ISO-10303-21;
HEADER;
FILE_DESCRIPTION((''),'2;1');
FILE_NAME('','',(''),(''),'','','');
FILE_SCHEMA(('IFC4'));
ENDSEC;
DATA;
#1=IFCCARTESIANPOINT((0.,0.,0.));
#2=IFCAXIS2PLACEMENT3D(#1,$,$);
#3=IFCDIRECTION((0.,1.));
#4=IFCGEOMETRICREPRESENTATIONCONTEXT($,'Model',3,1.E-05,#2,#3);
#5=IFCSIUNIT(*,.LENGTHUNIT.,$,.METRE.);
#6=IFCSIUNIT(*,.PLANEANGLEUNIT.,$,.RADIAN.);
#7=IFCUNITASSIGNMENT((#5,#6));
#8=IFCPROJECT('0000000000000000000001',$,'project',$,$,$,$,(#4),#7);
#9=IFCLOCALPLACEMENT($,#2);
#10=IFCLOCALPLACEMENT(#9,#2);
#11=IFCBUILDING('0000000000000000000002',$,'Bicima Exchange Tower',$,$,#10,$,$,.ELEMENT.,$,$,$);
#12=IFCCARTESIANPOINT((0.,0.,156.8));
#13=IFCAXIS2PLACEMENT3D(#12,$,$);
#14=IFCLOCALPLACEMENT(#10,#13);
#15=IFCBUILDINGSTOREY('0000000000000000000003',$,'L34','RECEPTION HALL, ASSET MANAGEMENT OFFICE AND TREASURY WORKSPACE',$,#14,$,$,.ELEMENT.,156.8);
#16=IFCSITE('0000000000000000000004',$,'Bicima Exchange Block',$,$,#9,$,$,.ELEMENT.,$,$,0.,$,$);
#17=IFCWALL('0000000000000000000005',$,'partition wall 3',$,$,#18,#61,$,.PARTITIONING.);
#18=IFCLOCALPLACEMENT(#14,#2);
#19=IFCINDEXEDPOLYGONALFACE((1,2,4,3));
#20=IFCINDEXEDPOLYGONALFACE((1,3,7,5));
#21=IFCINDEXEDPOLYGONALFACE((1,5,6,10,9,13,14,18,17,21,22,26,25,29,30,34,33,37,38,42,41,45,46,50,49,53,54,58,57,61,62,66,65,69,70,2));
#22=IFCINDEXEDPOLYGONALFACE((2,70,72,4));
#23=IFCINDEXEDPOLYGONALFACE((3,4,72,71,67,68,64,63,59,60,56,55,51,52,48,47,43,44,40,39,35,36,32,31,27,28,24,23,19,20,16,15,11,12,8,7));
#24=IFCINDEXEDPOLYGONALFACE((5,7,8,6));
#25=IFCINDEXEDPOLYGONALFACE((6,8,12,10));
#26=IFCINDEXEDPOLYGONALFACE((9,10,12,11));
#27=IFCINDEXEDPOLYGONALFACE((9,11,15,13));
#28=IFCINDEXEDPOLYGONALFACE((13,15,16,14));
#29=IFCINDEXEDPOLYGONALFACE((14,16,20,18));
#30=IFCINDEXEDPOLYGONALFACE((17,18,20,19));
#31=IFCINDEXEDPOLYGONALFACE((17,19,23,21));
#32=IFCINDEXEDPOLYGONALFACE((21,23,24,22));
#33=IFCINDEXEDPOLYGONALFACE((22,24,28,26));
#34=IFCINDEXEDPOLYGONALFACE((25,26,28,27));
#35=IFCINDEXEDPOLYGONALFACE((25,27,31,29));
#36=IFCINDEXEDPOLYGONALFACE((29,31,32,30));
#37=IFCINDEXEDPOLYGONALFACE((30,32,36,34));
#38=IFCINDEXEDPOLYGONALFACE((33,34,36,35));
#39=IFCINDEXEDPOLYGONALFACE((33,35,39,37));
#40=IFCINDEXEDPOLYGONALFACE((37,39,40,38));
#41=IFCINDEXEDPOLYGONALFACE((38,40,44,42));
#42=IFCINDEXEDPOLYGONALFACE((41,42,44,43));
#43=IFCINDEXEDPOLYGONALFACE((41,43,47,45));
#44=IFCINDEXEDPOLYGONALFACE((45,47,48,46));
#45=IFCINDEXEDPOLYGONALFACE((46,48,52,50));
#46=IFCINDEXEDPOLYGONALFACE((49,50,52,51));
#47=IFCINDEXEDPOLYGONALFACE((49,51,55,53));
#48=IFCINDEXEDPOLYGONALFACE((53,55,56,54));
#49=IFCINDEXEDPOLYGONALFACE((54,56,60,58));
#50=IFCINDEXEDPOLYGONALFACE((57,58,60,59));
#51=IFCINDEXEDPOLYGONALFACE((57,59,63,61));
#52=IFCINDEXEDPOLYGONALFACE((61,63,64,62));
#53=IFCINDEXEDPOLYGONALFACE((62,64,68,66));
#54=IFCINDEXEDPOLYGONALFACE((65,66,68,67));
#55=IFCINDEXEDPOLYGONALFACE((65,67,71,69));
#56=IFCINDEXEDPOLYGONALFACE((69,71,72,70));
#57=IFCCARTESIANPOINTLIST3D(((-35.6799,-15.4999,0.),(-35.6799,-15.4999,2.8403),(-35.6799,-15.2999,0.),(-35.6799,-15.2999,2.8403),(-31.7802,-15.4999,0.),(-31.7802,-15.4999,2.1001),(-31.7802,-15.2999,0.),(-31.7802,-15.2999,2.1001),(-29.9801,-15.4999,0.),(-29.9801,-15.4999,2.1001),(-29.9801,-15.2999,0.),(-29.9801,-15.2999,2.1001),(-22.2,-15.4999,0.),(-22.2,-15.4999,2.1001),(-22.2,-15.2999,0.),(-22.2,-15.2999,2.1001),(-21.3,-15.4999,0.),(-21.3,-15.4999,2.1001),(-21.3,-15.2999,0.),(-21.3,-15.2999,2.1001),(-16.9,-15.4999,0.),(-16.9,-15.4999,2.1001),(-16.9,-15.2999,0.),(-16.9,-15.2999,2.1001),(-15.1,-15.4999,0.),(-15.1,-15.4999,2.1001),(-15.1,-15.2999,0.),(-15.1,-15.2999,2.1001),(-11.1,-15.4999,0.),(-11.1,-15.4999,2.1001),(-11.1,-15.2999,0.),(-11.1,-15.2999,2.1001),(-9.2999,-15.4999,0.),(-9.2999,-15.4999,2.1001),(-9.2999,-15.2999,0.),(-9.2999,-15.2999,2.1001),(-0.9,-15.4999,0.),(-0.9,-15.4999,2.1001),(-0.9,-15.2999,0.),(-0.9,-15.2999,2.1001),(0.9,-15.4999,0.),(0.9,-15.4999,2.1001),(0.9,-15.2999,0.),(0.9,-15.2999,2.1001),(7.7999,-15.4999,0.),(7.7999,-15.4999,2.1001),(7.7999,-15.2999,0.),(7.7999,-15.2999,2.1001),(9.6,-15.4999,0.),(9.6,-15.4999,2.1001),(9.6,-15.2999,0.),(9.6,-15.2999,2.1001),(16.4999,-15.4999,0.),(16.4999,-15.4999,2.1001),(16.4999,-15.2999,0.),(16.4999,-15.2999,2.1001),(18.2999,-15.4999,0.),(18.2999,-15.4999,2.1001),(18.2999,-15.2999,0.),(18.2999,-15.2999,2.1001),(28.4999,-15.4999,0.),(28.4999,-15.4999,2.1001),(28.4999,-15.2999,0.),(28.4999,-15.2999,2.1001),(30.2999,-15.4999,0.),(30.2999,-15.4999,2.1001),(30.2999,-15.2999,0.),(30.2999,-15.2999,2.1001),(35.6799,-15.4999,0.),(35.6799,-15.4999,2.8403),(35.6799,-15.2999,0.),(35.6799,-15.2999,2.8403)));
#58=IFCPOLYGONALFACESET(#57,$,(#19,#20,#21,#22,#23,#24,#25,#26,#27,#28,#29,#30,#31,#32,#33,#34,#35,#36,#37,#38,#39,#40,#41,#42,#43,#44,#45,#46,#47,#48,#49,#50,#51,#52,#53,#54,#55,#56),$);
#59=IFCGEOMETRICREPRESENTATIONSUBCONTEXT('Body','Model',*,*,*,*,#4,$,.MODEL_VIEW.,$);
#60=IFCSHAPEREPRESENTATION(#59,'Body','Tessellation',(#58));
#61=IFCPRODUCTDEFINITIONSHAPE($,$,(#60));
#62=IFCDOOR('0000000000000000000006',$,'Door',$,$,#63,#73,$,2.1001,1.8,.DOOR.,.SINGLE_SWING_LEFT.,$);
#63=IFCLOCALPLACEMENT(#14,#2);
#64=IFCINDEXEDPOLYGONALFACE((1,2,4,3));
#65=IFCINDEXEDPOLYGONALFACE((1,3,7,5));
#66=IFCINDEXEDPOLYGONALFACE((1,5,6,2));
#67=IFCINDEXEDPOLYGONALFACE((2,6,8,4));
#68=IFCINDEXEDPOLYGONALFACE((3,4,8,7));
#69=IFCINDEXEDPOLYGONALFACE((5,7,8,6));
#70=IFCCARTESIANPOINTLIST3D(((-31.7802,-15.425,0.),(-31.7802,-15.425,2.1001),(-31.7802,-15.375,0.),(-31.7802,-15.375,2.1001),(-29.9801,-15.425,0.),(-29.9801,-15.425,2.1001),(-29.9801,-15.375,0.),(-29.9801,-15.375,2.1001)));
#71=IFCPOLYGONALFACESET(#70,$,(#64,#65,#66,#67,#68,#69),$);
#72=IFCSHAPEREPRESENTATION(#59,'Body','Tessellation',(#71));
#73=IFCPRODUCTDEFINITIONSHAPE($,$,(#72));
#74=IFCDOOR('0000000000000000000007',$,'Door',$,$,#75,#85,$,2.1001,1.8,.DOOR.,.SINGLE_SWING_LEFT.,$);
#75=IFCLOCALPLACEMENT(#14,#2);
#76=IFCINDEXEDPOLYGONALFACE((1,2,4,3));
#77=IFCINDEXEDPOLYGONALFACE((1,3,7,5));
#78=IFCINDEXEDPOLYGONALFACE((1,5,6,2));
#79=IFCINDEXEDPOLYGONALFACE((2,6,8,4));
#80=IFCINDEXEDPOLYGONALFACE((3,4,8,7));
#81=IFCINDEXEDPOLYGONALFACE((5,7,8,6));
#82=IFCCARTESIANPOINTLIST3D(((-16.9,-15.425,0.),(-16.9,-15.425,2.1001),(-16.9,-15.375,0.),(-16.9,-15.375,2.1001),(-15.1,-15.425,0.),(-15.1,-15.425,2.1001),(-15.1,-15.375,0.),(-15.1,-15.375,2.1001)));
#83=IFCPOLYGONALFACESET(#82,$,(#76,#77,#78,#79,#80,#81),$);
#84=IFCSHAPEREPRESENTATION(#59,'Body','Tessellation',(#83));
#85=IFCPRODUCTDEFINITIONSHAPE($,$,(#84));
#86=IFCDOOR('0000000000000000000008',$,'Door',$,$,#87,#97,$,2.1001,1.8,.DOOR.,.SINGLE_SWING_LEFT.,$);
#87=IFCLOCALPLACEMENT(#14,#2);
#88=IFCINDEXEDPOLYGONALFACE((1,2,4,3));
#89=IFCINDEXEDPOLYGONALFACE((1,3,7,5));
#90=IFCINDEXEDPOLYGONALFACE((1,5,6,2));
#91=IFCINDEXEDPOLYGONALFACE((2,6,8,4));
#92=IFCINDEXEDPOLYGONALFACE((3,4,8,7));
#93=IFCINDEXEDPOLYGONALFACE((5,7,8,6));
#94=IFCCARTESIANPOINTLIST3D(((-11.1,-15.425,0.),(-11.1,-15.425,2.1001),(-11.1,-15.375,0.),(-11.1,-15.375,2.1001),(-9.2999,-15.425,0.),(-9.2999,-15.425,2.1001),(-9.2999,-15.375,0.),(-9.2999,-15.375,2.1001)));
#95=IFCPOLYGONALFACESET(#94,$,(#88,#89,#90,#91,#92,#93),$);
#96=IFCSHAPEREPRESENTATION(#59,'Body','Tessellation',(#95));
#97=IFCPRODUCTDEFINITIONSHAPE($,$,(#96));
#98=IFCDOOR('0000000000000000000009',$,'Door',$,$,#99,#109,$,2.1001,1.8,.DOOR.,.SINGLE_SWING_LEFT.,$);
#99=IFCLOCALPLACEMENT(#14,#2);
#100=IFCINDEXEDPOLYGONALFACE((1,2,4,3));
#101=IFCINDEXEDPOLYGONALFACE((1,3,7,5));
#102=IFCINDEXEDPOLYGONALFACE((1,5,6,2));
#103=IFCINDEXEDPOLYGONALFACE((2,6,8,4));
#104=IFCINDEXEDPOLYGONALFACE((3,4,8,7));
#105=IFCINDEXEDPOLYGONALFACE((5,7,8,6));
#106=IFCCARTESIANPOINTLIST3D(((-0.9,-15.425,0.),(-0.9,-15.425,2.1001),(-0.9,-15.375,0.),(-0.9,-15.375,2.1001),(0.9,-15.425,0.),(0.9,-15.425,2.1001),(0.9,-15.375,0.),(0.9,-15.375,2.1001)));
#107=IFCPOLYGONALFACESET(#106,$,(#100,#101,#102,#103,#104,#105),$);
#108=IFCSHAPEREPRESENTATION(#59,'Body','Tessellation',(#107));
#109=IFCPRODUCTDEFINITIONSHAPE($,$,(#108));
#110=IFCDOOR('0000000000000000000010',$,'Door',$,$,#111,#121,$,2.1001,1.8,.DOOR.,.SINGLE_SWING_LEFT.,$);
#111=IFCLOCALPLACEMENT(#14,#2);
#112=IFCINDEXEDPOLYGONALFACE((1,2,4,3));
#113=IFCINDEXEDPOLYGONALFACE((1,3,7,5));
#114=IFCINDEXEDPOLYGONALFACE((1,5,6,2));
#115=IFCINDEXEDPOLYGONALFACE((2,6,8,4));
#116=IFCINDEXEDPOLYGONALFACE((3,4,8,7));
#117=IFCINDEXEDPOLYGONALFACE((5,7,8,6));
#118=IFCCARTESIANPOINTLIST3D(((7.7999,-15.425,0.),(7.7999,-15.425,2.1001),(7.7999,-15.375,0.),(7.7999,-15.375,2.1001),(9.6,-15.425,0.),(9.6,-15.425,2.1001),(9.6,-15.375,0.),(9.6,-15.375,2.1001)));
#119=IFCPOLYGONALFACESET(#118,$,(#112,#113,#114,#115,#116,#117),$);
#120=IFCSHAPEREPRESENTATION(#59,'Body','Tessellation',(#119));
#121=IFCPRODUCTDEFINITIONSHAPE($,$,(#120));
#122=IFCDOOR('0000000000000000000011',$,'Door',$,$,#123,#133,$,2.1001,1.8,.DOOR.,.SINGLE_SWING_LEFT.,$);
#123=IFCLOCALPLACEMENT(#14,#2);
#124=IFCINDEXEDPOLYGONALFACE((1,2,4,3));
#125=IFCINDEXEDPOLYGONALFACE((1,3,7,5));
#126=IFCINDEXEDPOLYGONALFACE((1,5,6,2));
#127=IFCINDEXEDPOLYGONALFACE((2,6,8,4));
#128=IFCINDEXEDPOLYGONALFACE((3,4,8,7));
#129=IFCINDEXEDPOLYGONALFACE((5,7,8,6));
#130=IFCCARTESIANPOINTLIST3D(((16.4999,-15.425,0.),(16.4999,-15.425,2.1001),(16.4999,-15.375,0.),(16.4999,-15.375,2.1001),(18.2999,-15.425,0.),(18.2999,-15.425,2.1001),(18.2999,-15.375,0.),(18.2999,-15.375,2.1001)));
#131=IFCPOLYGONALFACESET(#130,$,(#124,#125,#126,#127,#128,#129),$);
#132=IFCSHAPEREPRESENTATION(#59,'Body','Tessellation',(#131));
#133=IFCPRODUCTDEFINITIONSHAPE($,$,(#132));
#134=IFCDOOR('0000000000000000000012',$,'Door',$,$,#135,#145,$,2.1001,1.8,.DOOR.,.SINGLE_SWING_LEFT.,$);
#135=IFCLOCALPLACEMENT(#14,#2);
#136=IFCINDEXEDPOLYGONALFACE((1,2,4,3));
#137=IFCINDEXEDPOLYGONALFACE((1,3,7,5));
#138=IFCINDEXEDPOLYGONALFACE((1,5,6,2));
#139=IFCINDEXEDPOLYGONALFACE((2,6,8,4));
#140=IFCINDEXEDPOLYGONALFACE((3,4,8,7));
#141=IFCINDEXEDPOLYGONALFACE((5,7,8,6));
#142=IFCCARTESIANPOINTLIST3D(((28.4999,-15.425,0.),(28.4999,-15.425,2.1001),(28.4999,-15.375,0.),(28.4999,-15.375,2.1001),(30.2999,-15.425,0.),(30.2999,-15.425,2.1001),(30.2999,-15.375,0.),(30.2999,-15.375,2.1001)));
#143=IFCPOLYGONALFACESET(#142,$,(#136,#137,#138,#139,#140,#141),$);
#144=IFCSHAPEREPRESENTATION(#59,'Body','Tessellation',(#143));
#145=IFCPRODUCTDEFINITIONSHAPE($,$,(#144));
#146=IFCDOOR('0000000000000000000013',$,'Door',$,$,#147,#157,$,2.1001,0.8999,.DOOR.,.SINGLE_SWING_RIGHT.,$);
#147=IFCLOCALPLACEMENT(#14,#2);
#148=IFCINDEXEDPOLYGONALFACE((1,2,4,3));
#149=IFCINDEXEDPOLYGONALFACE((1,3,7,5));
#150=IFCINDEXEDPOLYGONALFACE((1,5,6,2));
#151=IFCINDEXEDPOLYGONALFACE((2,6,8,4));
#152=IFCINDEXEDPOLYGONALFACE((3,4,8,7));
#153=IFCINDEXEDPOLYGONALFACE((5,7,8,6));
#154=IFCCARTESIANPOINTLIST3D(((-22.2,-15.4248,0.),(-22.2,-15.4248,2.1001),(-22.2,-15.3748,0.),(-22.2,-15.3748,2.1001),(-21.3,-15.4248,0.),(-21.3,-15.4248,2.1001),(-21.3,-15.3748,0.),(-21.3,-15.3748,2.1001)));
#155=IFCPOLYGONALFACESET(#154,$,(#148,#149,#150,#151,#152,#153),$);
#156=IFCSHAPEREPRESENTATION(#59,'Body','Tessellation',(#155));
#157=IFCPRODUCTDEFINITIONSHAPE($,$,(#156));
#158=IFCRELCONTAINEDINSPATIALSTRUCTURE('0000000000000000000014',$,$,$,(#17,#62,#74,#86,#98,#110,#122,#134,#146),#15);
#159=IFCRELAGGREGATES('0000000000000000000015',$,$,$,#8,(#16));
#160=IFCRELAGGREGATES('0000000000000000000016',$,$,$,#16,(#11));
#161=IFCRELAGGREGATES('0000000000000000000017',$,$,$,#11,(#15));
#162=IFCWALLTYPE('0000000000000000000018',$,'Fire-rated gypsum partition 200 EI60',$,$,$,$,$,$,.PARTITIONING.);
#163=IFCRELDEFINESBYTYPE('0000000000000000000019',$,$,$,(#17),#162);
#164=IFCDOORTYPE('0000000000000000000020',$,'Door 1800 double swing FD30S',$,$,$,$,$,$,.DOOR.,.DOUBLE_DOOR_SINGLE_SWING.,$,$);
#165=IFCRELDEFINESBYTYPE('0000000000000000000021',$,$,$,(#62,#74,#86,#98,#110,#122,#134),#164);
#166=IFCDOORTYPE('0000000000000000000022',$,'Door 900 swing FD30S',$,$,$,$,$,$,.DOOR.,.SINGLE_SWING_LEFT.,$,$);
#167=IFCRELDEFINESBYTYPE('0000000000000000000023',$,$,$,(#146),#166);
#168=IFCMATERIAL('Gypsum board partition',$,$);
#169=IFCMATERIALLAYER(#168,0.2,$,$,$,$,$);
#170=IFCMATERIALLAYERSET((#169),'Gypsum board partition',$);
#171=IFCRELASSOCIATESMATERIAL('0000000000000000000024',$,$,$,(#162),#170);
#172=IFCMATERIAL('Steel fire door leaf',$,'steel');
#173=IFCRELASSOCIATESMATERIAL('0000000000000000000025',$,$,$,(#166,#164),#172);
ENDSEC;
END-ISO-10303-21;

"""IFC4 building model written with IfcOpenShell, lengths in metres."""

from ifc_helpers import new_model, si_unit, direction, frame, frame_2d, origin, place, context, subcontext, project, spatial, rectangle, extrude, material, layer, layer_set, type_object, element, fill, save


model = new_model("IFC4")

# Units and contexts
model_context = context("Model", 3, precision=1e-05, world=origin(), true_north=direction((0.0, 1.0)))
body_context = subcontext(model_context, "Body", "Model", "MODEL_VIEW")
ifc_project = project(units=[si_unit("LENGTHUNIT", "METRE"), si_unit("PLANEANGLEUNIT", "RADIAN")], contexts=[model_context])

# Site, building, storey
site_placement = place(None, origin())
site = spatial("IfcSite", under=ifc_project, at=site_placement, Name="Bicima Exchange Block", CompositionType="ELEMENT", RefElevation=0.0)
building_placement = place(site_placement, origin())
building = spatial("IfcBuilding", under=site, at=building_placement, Name="Bicima Exchange Tower", CompositionType="ELEMENT")
storey_placement = place(building_placement, frame((0.0, 0.0, 156.8)))
storey = spatial("IfcBuildingStorey", under=building, at=storey_placement, Name="L34", Description="RECEPTION HALL, ASSET MANAGEMENT OFFICE AND TREASURY WORKSPACE", CompositionType="ELEMENT", Elevation=156.8)

# Wall, openings, doors
ifc_material_1 = material(Name="Gypsum board partition")
ifc_layer_1 = layer(ifc_material_1, 0.2)
ifc_layer_set_1 = layer_set([ifc_layer_1], Name="Gypsum board partition")
wall_type_1 = type_object("IfcWallType", Name="Fire-rated gypsum partition 200 EI60", PredefinedType="PARTITIONING", material=ifc_layer_set_1)
ifc_material_2 = material(Name="Steel fire door leaf", Category="steel")
door_type_1 = type_object("IfcDoorType", Name="Door 900 swing FD30S", OperationType="SINGLE_SWING_LEFT", PredefinedType="DOOR", material=ifc_material_2)
wall_1_placement = place(storey_placement, frame((-35.6799, -15.3999, 0.0), z_axis=(0.0, 0.0, 1.0), x_axis=(1.0, 0.0, 0.0)))
wall_1 = element("IfcWall", 1, at=wall_1_placement, inside=storey, type_object=wall_type_1, Name="partition wall 3", PredefinedType="PARTITIONING", context=body_context, shape_type="SweptSolid", body=[
    extrude(rectangle(XDim=71.3599, YDim=0.2, at=frame_2d((35.6799, 0.0))), origin(), (0.0, 0.0, 1.0), 2.8403),
])
opening_1_placement = place(wall_1_placement, frame((3.8999, 0.0, 0.0)))
opening_1 = element("IfcOpeningElement", 2, at=opening_1_placement, cuts=wall_1, PredefinedType="OPENING", context=body_context, shape_type="SweptSolid", body=[
    extrude(rectangle(XDim=1.8, YDim=2.1001, at=frame_2d((0.8999, 1.05))), frame((0.0, 0.1118, 0.0), z_axis=(0.0, -1.0, 0.0), x_axis=(1.0, 0.0, 0.0)), (0.0, 0.0, 1.0), 0.2239),
])
opening_2_placement = place(wall_1_placement, frame((13.48, 0.0, 0.0)))
opening_2 = element("IfcOpeningElement", 3, at=opening_2_placement, cuts=wall_1, PredefinedType="OPENING", context=body_context, shape_type="SweptSolid", body=[
    extrude(rectangle(XDim=0.8999, YDim=2.1001, at=frame_2d((0.45, 1.05))), frame((0.0, 0.1118, 0.0), z_axis=(0.0, -1.0, 0.0), x_axis=(1.0, 0.0, 0.0)), (0.0, 0.0, 1.0), 0.2239),
])
opening_3_placement = place(wall_1_placement, frame((18.78, 0.0, 0.0)))
opening_3 = element("IfcOpeningElement", 4, at=opening_3_placement, cuts=wall_1, PredefinedType="OPENING", context=body_context, shape_type="SweptSolid", body=[
    extrude(rectangle(XDim=1.8, YDim=2.1001, at=frame_2d((0.8999, 1.05))), frame((0.0, 0.1118, 0.0), z_axis=(0.0, -1.0, 0.0), x_axis=(1.0, 0.0, 0.0)), (0.0, 0.0, 1.0), 0.2239),
])
opening_4_placement = place(wall_1_placement, frame((24.5801, 0.0, 0.0)))
opening_4 = element("IfcOpeningElement", 5, at=opening_4_placement, cuts=wall_1, PredefinedType="OPENING", context=body_context, shape_type="SweptSolid", body=[
    extrude(rectangle(XDim=1.8, YDim=2.1001, at=frame_2d((0.8999, 1.05))), frame((0.0, 0.1118, 0.0), z_axis=(0.0, -1.0, 0.0), x_axis=(1.0, 0.0, 0.0)), (0.0, 0.0, 1.0), 0.2239),
])
opening_5_placement = place(wall_1_placement, frame((34.78, 0.0, 0.0)))
opening_5 = element("IfcOpeningElement", 6, at=opening_5_placement, cuts=wall_1, PredefinedType="OPENING", context=body_context, shape_type="SweptSolid", body=[
    extrude(rectangle(XDim=1.8, YDim=2.1001, at=frame_2d((0.8999, 1.05))), frame((0.0, 0.1118, 0.0), z_axis=(0.0, -1.0, 0.0), x_axis=(1.0, 0.0, 0.0)), (0.0, 0.0, 1.0), 0.2239),
])
opening_6_placement = place(wall_1_placement, frame((43.48, 0.0, 0.0)))
opening_6 = element("IfcOpeningElement", 7, at=opening_6_placement, cuts=wall_1, PredefinedType="OPENING", context=body_context, shape_type="SweptSolid", body=[
    extrude(rectangle(XDim=1.8, YDim=2.1001, at=frame_2d((0.8999, 1.05))), frame((0.0, 0.1118, 0.0), z_axis=(0.0, -1.0, 0.0), x_axis=(1.0, 0.0, 0.0)), (0.0, 0.0, 1.0), 0.2239),
])
opening_7_placement = place(wall_1_placement, frame((52.1799, 0.0, 0.0)))
opening_7 = element("IfcOpeningElement", 8, at=opening_7_placement, cuts=wall_1, PredefinedType="OPENING", context=body_context, shape_type="SweptSolid", body=[
    extrude(rectangle(XDim=1.8, YDim=2.1001, at=frame_2d((0.8999, 1.05))), frame((0.0, 0.1118, 0.0), z_axis=(0.0, -1.0, 0.0), x_axis=(1.0, 0.0, 0.0)), (0.0, 0.0, 1.0), 0.2239),
])
opening_8_placement = place(wall_1_placement, frame((64.1799, 0.0, 0.0)))
opening_8 = element("IfcOpeningElement", 9, at=opening_8_placement, cuts=wall_1, PredefinedType="OPENING", context=body_context, shape_type="SweptSolid", body=[
    extrude(rectangle(XDim=1.8, YDim=2.1001, at=frame_2d((0.8999, 1.05))), frame((0.0, 0.1118, 0.0), z_axis=(0.0, -1.0, 0.0), x_axis=(1.0, 0.0, 0.0)), (0.0, 0.0, 1.0), 0.2239),
])
door_type_2 = type_object("IfcDoorType", Name="Door 1800 double swing FD30S", OperationType="DOUBLE_DOOR_SINGLE_SWING", PredefinedType="DOOR", material=ifc_material_2)
door_1_placement = place(opening_1_placement, origin())
door_1 = element("IfcDoor", 10, at=door_1_placement, inside=storey, type_object=door_type_2, Name="Door", OperationType="SINGLE_SWING_LEFT", OverallHeight=2.1001, OverallWidth=1.8, PredefinedType="DOOR", context=body_context, shape_type="SweptSolid", body=[
    extrude(rectangle(XDim=1.8, YDim=2.1001, at=frame_2d((0.8999, 1.05))), frame((0.0, 0.0249, 0.0), z_axis=(0.0, -1.0, 0.0), x_axis=(1.0, 0.0, 0.0)), (0.0, 0.0, 1.0), 0.05),
])
fill(opening_1, door_1)
door_2_placement = place(opening_3_placement, origin())
door_2 = element("IfcDoor", 11, at=door_2_placement, inside=storey, type_object=door_type_2, Name="Door", OperationType="SINGLE_SWING_LEFT", OverallHeight=2.1001, OverallWidth=1.8, PredefinedType="DOOR", context=body_context, shape_type="SweptSolid", body=[
    extrude(rectangle(XDim=1.8, YDim=2.1001, at=frame_2d((0.8999, 1.05))), frame((0.0, 0.0249, 0.0), z_axis=(0.0, -1.0, 0.0), x_axis=(1.0, 0.0, 0.0)), (0.0, 0.0, 1.0), 0.05),
])
fill(opening_3, door_2)
door_3_placement = place(opening_4_placement, origin())
door_3 = element("IfcDoor", 12, at=door_3_placement, inside=storey, type_object=door_type_2, Name="Door", OperationType="SINGLE_SWING_LEFT", OverallHeight=2.1001, OverallWidth=1.8, PredefinedType="DOOR", context=body_context, shape_type="SweptSolid", body=[
    extrude(rectangle(XDim=1.8, YDim=2.1001, at=frame_2d((0.8999, 1.05))), frame((0.0, 0.0249, 0.0), z_axis=(0.0, -1.0, 0.0), x_axis=(1.0, 0.0, 0.0)), (0.0, 0.0, 1.0), 0.05),
])
fill(opening_4, door_3)
door_4_placement = place(opening_5_placement, origin())
door_4 = element("IfcDoor", 13, at=door_4_placement, inside=storey, type_object=door_type_2, Name="Door", OperationType="SINGLE_SWING_LEFT", OverallHeight=2.1001, OverallWidth=1.8, PredefinedType="DOOR", context=body_context, shape_type="SweptSolid", body=[
    extrude(rectangle(XDim=1.8, YDim=2.1001, at=frame_2d((0.8999, 1.05))), frame((0.0, 0.0249, 0.0), z_axis=(0.0, -1.0, 0.0), x_axis=(1.0, 0.0, 0.0)), (0.0, 0.0, 1.0), 0.05),
])
fill(opening_5, door_4)
door_5_placement = place(opening_6_placement, origin())
door_5 = element("IfcDoor", 14, at=door_5_placement, inside=storey, type_object=door_type_2, Name="Door", OperationType="SINGLE_SWING_LEFT", OverallHeight=2.1001, OverallWidth=1.8, PredefinedType="DOOR", context=body_context, shape_type="SweptSolid", body=[
    extrude(rectangle(XDim=1.8, YDim=2.1001, at=frame_2d((0.8999, 1.05))), frame((0.0, 0.0249, 0.0), z_axis=(0.0, -1.0, 0.0), x_axis=(1.0, 0.0, 0.0)), (0.0, 0.0, 1.0), 0.05),
])
fill(opening_6, door_5)
door_6_placement = place(opening_7_placement, origin())
door_6 = element("IfcDoor", 15, at=door_6_placement, inside=storey, type_object=door_type_2, Name="Door", OperationType="SINGLE_SWING_LEFT", OverallHeight=2.1001, OverallWidth=1.8, PredefinedType="DOOR", context=body_context, shape_type="SweptSolid", body=[
    extrude(rectangle(XDim=1.8, YDim=2.1001, at=frame_2d((0.8999, 1.05))), frame((0.0, 0.0249, 0.0), z_axis=(0.0, -1.0, 0.0), x_axis=(1.0, 0.0, 0.0)), (0.0, 0.0, 1.0), 0.05),
])
fill(opening_7, door_6)
door_7_placement = place(opening_8_placement, origin())
door_7 = element("IfcDoor", 16, at=door_7_placement, inside=storey, type_object=door_type_2, Name="Door", OperationType="SINGLE_SWING_LEFT", OverallHeight=2.1001, OverallWidth=1.8, PredefinedType="DOOR", context=body_context, shape_type="SweptSolid", body=[
    extrude(rectangle(XDim=1.8, YDim=2.1001, at=frame_2d((0.8999, 1.05))), frame((0.0, 0.0249, 0.0), z_axis=(0.0, -1.0, 0.0), x_axis=(1.0, 0.0, 0.0)), (0.0, 0.0, 1.0), 0.05),
])
fill(opening_8, door_7)
door_8_placement = place(opening_2_placement, frame((0.8999, 0.0, 0.0), z_axis=(0.0, 0.0, 1.0), x_axis=(-1.0, 0.0, 0.0)))
door_8 = element("IfcDoor", 17, at=door_8_placement, inside=storey, type_object=door_type_1, Name="Door", OperationType="SINGLE_SWING_RIGHT", OverallHeight=2.1001, OverallWidth=0.8999, PredefinedType="DOOR", context=body_context, shape_type="SweptSolid", body=[
    extrude(rectangle(XDim=0.8999, YDim=2.1001, at=frame_2d((0.45, 1.05))), frame((0.0, 0.0249, 0.0), z_axis=(0.0, -1.0, 0.0), x_axis=(1.0, 0.0, 0.0)), (0.0, 0.0, 1.0), 0.05),
])
fill(opening_2, door_8)

save(model, "model.ifc")
